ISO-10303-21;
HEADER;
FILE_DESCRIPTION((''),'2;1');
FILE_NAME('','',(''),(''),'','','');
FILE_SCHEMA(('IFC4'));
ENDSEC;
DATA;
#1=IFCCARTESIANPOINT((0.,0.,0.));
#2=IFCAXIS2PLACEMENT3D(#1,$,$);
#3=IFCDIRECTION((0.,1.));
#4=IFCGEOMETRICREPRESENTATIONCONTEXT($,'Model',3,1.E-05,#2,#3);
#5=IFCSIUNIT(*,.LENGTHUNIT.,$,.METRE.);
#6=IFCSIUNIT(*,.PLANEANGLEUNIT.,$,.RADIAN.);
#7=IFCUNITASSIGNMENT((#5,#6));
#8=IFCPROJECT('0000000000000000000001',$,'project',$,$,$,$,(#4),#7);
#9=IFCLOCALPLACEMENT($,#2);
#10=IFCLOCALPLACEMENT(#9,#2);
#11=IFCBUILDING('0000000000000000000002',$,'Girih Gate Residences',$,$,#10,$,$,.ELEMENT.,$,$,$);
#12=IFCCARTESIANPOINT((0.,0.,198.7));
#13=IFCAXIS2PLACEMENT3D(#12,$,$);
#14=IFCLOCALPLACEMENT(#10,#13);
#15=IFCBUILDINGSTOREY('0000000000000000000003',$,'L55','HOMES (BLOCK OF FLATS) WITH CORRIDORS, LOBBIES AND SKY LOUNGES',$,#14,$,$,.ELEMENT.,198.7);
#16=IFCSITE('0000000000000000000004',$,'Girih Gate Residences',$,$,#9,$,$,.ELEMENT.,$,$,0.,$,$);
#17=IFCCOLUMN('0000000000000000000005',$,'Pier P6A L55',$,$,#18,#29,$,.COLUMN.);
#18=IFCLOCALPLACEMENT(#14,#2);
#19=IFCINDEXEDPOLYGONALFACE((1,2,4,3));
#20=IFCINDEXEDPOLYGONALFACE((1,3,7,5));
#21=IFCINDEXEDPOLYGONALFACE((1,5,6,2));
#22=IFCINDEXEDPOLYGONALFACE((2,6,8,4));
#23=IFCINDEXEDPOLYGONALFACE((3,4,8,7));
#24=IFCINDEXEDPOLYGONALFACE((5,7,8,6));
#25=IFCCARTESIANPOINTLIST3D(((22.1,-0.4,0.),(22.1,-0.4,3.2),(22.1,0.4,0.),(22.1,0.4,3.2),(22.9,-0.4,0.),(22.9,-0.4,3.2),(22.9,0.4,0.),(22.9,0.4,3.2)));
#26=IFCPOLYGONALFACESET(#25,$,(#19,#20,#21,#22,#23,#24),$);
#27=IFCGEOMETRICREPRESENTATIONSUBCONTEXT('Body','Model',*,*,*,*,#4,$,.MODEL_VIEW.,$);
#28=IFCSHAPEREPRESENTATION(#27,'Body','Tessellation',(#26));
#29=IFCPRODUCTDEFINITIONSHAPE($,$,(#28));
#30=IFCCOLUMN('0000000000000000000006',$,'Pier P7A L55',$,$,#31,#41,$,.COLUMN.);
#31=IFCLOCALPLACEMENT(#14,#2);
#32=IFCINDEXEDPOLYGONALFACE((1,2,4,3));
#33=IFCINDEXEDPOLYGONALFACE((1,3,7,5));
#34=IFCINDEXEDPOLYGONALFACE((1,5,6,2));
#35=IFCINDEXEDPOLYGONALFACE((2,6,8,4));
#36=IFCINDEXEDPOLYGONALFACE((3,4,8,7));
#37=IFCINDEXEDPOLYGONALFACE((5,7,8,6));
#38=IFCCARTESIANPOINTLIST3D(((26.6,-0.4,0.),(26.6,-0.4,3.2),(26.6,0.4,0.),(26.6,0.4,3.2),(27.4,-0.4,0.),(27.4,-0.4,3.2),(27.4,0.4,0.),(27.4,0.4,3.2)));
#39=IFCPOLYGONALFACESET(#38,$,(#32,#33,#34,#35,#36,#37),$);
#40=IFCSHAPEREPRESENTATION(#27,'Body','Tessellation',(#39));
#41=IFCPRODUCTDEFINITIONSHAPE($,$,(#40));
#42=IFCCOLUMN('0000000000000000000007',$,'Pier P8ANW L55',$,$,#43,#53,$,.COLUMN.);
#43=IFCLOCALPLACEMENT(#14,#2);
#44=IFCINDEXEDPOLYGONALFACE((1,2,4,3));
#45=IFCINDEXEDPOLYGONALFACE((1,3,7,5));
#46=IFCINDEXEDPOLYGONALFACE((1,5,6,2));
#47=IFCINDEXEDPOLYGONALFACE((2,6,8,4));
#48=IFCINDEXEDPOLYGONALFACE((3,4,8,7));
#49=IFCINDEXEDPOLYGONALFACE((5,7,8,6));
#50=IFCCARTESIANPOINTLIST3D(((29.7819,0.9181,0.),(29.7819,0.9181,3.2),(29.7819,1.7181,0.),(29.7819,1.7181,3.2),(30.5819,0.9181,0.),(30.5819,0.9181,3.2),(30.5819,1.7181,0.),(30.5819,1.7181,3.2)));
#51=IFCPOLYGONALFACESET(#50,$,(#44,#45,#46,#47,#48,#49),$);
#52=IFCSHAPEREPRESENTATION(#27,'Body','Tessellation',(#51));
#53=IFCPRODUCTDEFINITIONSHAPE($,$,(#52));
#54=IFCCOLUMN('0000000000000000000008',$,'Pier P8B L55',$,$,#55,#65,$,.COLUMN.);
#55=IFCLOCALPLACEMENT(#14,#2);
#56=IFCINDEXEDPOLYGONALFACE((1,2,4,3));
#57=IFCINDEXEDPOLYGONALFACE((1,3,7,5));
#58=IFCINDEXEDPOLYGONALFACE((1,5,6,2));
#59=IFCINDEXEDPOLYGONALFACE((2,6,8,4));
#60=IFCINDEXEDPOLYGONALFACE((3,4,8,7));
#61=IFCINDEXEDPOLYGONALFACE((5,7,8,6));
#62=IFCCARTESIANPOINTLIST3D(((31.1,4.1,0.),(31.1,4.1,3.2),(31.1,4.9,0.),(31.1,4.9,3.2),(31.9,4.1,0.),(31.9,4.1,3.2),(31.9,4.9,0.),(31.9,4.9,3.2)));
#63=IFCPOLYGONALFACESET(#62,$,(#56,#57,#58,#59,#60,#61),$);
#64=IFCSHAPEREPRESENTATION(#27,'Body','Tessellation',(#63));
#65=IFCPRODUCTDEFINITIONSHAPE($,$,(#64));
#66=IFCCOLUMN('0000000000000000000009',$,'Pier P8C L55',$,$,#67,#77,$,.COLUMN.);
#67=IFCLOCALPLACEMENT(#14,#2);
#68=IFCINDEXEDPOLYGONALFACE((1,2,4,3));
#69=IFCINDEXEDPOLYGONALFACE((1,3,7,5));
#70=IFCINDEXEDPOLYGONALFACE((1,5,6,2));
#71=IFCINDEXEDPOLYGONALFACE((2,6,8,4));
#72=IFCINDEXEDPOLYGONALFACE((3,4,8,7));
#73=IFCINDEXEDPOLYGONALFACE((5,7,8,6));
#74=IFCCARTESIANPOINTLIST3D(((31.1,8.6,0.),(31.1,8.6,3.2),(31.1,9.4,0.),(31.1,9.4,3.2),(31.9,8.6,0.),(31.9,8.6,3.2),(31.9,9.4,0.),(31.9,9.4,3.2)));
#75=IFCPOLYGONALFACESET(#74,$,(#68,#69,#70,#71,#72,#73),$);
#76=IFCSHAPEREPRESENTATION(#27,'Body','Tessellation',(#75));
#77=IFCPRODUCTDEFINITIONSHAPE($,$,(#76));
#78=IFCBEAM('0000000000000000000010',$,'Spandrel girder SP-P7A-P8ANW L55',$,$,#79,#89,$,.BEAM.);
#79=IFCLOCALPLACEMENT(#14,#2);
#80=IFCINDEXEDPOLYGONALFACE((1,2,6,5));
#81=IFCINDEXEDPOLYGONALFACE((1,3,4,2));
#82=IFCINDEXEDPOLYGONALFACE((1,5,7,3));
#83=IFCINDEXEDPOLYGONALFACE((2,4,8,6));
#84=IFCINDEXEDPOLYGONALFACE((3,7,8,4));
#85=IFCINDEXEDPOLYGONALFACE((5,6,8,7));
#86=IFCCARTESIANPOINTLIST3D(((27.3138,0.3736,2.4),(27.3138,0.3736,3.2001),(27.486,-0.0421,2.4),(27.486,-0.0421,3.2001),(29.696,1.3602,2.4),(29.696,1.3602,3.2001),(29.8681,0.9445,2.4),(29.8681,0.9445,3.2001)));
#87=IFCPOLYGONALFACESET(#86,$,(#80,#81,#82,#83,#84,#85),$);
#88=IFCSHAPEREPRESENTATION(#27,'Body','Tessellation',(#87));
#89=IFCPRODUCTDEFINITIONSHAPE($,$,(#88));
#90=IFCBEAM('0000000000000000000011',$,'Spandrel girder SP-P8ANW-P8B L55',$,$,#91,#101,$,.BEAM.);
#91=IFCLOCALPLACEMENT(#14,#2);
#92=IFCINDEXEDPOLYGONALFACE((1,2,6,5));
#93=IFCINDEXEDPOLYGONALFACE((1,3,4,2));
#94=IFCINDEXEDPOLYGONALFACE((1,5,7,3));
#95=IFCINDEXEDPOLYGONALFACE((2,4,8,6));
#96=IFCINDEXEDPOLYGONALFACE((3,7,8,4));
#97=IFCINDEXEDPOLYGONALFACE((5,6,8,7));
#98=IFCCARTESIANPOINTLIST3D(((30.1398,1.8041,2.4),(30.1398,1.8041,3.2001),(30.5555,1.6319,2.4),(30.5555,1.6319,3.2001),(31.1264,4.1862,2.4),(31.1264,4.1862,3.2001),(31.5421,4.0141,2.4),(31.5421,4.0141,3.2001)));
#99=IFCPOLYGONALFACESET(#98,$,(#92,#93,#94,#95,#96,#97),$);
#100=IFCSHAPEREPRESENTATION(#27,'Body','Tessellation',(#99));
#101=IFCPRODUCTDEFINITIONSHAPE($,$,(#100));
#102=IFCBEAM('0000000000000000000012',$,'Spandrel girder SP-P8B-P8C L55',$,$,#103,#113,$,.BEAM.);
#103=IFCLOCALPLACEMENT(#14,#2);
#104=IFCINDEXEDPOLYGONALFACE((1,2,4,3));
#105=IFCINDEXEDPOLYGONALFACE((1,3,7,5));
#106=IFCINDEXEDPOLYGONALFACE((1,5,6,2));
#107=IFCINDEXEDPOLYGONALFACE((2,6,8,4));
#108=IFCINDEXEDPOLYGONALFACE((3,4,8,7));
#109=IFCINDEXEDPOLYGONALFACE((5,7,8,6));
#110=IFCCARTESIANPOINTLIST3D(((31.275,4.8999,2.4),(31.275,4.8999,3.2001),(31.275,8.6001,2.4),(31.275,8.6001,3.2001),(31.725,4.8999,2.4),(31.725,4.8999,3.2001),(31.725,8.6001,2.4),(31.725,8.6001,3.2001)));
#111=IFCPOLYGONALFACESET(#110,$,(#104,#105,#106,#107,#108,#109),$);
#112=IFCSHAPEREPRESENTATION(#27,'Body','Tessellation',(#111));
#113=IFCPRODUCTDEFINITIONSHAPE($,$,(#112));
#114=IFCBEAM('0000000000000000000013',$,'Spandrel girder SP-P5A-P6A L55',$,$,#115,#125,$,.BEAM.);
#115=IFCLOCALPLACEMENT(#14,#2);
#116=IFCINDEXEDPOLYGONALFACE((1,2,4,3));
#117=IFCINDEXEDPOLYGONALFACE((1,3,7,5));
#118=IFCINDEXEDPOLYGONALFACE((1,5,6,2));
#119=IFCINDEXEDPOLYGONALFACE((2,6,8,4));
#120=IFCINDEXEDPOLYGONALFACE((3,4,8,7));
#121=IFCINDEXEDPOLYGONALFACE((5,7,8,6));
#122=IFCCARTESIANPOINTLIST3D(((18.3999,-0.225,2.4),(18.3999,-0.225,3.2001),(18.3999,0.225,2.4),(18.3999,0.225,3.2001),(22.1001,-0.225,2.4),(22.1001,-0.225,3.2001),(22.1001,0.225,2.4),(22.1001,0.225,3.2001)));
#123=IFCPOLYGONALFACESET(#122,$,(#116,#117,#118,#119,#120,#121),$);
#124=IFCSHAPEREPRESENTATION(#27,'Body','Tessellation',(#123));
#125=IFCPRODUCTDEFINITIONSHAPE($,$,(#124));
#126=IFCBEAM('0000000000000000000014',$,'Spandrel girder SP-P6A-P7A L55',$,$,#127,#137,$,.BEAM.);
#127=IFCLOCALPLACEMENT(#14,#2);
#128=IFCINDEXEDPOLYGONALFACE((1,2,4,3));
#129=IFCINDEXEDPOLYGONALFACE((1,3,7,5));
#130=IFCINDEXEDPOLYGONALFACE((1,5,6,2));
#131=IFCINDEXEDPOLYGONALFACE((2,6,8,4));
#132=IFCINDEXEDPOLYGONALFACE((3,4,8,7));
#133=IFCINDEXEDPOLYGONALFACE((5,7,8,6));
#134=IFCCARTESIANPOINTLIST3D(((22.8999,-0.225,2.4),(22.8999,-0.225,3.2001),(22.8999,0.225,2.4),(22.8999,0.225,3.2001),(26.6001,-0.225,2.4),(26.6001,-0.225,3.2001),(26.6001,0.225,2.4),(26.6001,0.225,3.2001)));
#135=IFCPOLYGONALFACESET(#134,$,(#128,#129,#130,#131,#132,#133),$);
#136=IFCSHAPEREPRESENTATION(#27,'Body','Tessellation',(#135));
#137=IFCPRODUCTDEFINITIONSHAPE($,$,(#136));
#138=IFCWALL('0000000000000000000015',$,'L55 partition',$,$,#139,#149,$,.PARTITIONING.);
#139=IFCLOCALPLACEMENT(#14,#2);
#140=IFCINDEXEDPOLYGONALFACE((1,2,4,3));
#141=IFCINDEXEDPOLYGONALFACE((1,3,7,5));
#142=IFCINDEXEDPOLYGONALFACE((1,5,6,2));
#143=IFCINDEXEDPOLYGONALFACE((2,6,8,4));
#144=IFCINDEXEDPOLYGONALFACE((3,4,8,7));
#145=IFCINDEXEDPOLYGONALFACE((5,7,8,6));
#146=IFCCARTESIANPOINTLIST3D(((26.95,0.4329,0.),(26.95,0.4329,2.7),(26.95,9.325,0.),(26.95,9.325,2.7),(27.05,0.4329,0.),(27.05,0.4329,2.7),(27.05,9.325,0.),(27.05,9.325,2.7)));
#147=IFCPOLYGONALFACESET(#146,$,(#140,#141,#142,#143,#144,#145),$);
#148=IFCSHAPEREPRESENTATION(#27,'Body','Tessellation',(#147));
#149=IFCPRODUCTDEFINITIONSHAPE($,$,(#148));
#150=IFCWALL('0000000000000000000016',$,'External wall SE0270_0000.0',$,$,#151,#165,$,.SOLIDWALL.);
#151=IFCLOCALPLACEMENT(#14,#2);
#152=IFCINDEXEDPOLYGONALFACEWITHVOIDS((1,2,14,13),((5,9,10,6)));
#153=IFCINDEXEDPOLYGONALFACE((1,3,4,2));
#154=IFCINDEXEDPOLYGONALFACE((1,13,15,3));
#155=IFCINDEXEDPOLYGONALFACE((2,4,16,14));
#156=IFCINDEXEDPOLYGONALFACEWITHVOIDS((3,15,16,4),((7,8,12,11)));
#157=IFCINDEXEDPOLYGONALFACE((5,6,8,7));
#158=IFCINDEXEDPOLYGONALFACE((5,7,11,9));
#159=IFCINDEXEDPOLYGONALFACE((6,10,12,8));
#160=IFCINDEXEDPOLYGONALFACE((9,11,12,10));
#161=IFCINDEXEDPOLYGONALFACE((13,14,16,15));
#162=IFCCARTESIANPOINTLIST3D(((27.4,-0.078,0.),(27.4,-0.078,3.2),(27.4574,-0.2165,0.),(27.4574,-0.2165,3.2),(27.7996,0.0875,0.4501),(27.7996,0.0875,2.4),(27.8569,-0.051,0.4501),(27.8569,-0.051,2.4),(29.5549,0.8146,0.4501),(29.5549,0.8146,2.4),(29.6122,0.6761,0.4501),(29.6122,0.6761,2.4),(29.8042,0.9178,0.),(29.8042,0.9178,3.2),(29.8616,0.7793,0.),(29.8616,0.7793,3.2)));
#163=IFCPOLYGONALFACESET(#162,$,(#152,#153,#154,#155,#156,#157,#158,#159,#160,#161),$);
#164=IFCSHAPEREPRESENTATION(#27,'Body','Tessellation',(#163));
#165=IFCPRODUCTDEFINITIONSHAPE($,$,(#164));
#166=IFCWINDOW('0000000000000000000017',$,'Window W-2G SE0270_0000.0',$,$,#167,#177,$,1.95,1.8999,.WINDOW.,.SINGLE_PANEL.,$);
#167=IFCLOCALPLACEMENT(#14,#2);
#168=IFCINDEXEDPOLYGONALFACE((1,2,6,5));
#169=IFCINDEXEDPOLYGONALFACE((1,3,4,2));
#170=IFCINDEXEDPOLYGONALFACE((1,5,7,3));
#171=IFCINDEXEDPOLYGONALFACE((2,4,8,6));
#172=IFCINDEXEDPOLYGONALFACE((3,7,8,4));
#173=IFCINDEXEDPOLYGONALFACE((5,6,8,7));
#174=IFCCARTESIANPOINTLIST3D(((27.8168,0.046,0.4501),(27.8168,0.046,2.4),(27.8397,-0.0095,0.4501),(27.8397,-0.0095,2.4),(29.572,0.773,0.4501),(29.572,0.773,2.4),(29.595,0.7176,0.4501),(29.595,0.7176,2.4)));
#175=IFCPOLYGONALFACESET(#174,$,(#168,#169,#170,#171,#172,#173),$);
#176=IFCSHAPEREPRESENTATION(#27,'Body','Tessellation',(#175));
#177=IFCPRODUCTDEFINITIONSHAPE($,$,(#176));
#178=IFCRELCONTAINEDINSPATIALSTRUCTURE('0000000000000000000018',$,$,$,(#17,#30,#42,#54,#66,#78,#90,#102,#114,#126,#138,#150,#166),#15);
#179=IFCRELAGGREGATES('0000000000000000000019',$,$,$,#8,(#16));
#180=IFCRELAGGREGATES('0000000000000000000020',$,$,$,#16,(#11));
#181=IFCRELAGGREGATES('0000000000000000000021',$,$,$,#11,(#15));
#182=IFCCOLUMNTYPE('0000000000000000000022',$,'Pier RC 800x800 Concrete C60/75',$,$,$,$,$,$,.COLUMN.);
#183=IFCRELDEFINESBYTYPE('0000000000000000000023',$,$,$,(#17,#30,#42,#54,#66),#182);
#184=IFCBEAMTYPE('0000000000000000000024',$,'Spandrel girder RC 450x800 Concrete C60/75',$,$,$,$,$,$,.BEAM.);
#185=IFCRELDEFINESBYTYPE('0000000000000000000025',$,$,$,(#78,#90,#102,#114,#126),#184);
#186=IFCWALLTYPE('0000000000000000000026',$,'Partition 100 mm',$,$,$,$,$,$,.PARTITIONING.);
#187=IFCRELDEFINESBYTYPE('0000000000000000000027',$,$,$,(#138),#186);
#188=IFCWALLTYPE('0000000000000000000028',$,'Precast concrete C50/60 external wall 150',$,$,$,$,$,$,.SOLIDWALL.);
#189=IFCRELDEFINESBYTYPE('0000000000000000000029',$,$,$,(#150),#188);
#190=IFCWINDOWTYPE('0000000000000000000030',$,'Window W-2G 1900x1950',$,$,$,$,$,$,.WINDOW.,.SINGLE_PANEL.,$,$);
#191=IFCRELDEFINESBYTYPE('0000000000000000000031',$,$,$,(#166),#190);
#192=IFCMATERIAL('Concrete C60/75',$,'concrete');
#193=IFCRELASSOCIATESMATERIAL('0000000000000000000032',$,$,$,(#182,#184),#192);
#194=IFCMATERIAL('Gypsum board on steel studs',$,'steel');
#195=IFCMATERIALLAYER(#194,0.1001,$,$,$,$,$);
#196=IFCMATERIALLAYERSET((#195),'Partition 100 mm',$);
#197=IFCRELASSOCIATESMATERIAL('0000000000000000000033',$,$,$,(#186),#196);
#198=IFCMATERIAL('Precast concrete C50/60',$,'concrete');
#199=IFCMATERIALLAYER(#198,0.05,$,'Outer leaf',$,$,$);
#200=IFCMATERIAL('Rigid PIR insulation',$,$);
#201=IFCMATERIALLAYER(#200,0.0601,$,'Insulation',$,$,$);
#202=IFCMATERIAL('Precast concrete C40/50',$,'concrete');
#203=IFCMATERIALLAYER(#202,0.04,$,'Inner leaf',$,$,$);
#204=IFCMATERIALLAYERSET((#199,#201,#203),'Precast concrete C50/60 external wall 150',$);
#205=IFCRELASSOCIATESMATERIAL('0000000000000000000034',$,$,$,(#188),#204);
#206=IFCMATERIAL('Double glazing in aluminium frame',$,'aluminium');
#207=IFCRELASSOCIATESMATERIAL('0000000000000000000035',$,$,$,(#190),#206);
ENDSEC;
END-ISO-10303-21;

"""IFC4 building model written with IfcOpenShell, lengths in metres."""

from ifc_helpers import new_model, si_unit, direction, frame, frame_2d, origin, origin_2d, place, context, subcontext, project, spatial, rectangle, extrude, material, layer, layer_set, material_profile, profile_set, type_object, element, fill, save


model = new_model("IFC4")

# Units and contexts
model_context = context("Model", 3, precision=1e-05, world=origin(), true_north=direction((0.0, 1.0)))
body_context = subcontext(model_context, "Body", "Model", "MODEL_VIEW")
ifc_project = project(units=[si_unit("LENGTHUNIT", "METRE"), si_unit("PLANEANGLEUNIT", "RADIAN")], contexts=[model_context])

# Site, building, storey
site_placement = place(None, origin())
site = spatial("IfcSite", under=ifc_project, at=site_placement, Name="Girih Gate Residences", CompositionType="ELEMENT", RefElevation=0.0)
building_placement = place(site_placement, origin())
building = spatial("IfcBuilding", under=site, at=building_placement, Name="Girih Gate Residences", CompositionType="ELEMENT")
storey_placement = place(building_placement, frame((0.0, 0.0, 198.7)))
storey = spatial("IfcBuildingStorey", under=building, at=storey_placement, Name="L55", Description="HOMES (BLOCK OF FLATS) WITH CORRIDORS, LOBBIES AND SKY LOUNGES", CompositionType="ELEMENT", Elevation=198.7)

# Columns
ifc_material_1 = material(Name="Concrete C60/75", Category="concrete")
ifc_material_profile_1 = material_profile(ifc_material_1, rectangle(XDim=0.8, YDim=0.8, at=origin_2d()))
ifc_profile_set_1 = profile_set([ifc_material_profile_1], Name="Concrete C60/75")
column_type = type_object("IfcColumnType", Name="Pier RC 800x800 Concrete C60/75", PredefinedType="COLUMN", material=ifc_profile_set_1)
for number, where, z_axis, x_axis, name in (
    (1, (22.5, 0.0, 0.0), (0.0, 0.0, 1.0), (1.0, 0.0, 0.0), "Pier P6A L55"),
    (2, (27.0, 0.0, 0.0), (0.0, 0.0, 1.0), (1.0, 0.0, 0.0), "Pier P7A L55"),
    (3, (30.1819, 1.3181, 0.0), (0.0, 0.0, 1.0), (1.0, 0.0, 0.0), "Pier P8ANW L55"),
    (4, (31.5, 4.5, 0.0), (0.0, 0.0, 1.0), (1.0, 0.0, 0.0), "Pier P8B L55"),
    (5, (31.5, 9.0, 0.0), (0.0, 0.0, 1.0), (1.0, 0.0, 0.0), "Pier P8C L55"),
):
    element("IfcColumn", number, at=place(storey_placement, frame(where, z_axis=z_axis, x_axis=x_axis)), inside=storey, type_object=column_type, Name=name, PredefinedType="COLUMN", context=body_context, shape_type="SweptSolid", body=[
        extrude(rectangle(XDim=0.8, YDim=0.8, at=origin_2d()), origin(), (0.0, 0.0, 1.0), 3.2),
    ])

# Beams
ifc_material_profile_2 = material_profile(ifc_material_1, rectangle(XDim=0.45, YDim=0.8, at=origin_2d()))
ifc_profile_set_2 = profile_set([ifc_material_profile_2], Name="Concrete C60/75")
beam_type = type_object("IfcBeamType", Name="Spandrel girder RC 450x800 Concrete C60/75", PredefinedType="BEAM", material=ifc_profile_set_2)
for number, where, z_axis, x_axis, name in (
    (6, (27.3999, 0.1658, 2.8), (0.923896, 0.382644, 0.0), (-0.382644, 0.923896, 0.0), "Spandrel girder SP-P7A-P8ANW L55"),
    (7, (30.3477, 1.718, 2.8), (0.382644, 0.923896, 0.0), (-0.923896, 0.382644, 0.0), "Spandrel girder SP-P8ANW-P8B L55"),
):
    element("IfcBeam", number, at=place(storey_placement, frame(where, z_axis=z_axis, x_axis=x_axis)), inside=storey, type_object=beam_type, Name=name, PredefinedType="BEAM", context=body_context, shape_type="SweptSolid", body=[
        extrude(rectangle(XDim=0.45, YDim=0.8, at=origin_2d()), origin(), (0.0, 0.0, 1.0), 2.5784),
    ])
for number, where, z_axis, x_axis, name in (
    (8, (31.5, 4.8999, 2.8), (0.0, 1.0, 0.0), (-1.0, 0.0, 0.0), "Spandrel girder SP-P8B-P8C L55"),
    (9, (18.3999, 0.0, 2.8), (1.0, 0.0, 0.0), (0.0, 1.0, 0.0), "Spandrel girder SP-P5A-P6A L55"),
    (10, (22.8999, 0.0, 2.8), (1.0, 0.0, 0.0), (0.0, 1.0, 0.0), "Spandrel girder SP-P6A-P7A L55"),
):
    element("IfcBeam", number, at=place(storey_placement, frame(where, z_axis=z_axis, x_axis=x_axis)), inside=storey, type_object=beam_type, Name=name, PredefinedType="BEAM", context=body_context, shape_type="SweptSolid", body=[
        extrude(rectangle(XDim=0.45, YDim=0.8, at=origin_2d()), origin(), (0.0, 0.0, 1.0), 3.7002),
    ])

# Wall
ifc_material_2 = material(Name="Gypsum board on steel studs", Category="steel")
ifc_layer_1 = layer(ifc_material_2, 0.1001)
ifc_layer_set_1 = layer_set([ifc_layer_1], Name="Partition 100 mm")
wall_type_1 = type_object("IfcWallType", Name="Partition 100 mm", PredefinedType="PARTITIONING", material=ifc_layer_set_1)
wall_1_placement = place(storey_placement, frame((27.0, 0.4329, 0.0), z_axis=(0.0, 0.0, 1.0), x_axis=(0.0, 1.0, 0.0)))
element("IfcWall", 11, at=wall_1_placement, inside=storey, type_object=wall_type_1, Name="L55 partition", PredefinedType="PARTITIONING", context=body_context, shape_type="SweptSolid", body=[
    extrude(rectangle(XDim=8.8921, YDim=0.1001, at=frame_2d((4.446, 0.0))), origin(), (0.0, 0.0, 1.0), 2.7),
])

# Wall, opening, window
ifc_material_3 = material(Name="Precast concrete C50/60", Category="concrete")
ifc_layer_2 = layer(ifc_material_3, 0.05, Name="Outer leaf")
ifc_material_4 = material(Name="Rigid PIR insulation")
ifc_layer_3 = layer(ifc_material_4, 0.0601, Name="Insulation")
ifc_material_5 = material(Name="Precast concrete C40/50", Category="concrete")
ifc_layer_4 = layer(ifc_material_5, 0.04, Name="Inner leaf")
ifc_layer_set_2 = layer_set([ifc_layer_2, ifc_layer_3, ifc_layer_4], Name="Precast concrete C50/60 external wall 150")
wall_type_2 = type_object("IfcWallType", Name="Precast concrete C50/60 external wall 150", PredefinedType="SOLIDWALL", material=ifc_layer_set_2)
wall_2_placement = place(storey_placement, frame((29.833, 0.8486, 0.0), z_axis=(0.0, 0.0, 1.0), x_axis=(-0.923885, -0.382669, 0.0)))
wall_2 = element("IfcWall", 12, at=wall_2_placement, inside=storey, type_object=wall_type_2, Name="External wall SE0270_0000.0", PredefinedType="SOLIDWALL", context=body_context, shape_type="SweptSolid", body=[
    extrude(rectangle(XDim=2.6023, YDim=0.1499, at=frame_2d((1.3013, 0.0))), origin(), (0.0, 0.0, 1.0), 3.2),
])
opening_1_placement = place(wall_2_placement, frame((0.27, 0.0, 0.45)))
opening_1 = element("IfcOpeningElement", 13, at=opening_1_placement, cuts=wall_2, PredefinedType="OPENING", context=body_context, shape_type="SweptSolid", body=[
    extrude(rectangle(XDim=1.8999, YDim=1.95, at=frame_2d((0.95, 0.9751))), frame((0.0, 0.085, 0.0), z_axis=(0.0, -1.0, 0.0), x_axis=(1.0, 0.0, 0.0)), (0.0, 0.0, 1.0), 0.1699),
])
ifc_material_6 = material(Name="Double glazing in aluminium frame", Category="aluminium")
window_type_1 = type_object("IfcWindowType", Name="Window W-2G 1900x1950", PartitioningType="SINGLE_PANEL", PredefinedType="WINDOW", material=ifc_material_6)
window_1_placement = place(opening_1_placement, origin())
window_1 = element("IfcWindow", 14, at=window_1_placement, inside=storey, type_object=window_type_1, Name="Window W-2G SE0270_0000.0", OverallHeight=1.95, OverallWidth=1.8999, PartitioningType="SINGLE_PANEL", PredefinedType="WINDOW", context=body_context, shape_type="SweptSolid", body=[
    extrude(rectangle(XDim=1.8999, YDim=1.95, at=frame_2d((0.95, 0.9751))), frame((0.0, 0.03, 0.0), z_axis=(0.0, -1.0, 0.0), x_axis=(1.0, 0.0, 0.0)), (0.0, 0.0, 1.0), 0.0601),
])
fill(opening_1, window_1)

save(model, "model.ifc")
